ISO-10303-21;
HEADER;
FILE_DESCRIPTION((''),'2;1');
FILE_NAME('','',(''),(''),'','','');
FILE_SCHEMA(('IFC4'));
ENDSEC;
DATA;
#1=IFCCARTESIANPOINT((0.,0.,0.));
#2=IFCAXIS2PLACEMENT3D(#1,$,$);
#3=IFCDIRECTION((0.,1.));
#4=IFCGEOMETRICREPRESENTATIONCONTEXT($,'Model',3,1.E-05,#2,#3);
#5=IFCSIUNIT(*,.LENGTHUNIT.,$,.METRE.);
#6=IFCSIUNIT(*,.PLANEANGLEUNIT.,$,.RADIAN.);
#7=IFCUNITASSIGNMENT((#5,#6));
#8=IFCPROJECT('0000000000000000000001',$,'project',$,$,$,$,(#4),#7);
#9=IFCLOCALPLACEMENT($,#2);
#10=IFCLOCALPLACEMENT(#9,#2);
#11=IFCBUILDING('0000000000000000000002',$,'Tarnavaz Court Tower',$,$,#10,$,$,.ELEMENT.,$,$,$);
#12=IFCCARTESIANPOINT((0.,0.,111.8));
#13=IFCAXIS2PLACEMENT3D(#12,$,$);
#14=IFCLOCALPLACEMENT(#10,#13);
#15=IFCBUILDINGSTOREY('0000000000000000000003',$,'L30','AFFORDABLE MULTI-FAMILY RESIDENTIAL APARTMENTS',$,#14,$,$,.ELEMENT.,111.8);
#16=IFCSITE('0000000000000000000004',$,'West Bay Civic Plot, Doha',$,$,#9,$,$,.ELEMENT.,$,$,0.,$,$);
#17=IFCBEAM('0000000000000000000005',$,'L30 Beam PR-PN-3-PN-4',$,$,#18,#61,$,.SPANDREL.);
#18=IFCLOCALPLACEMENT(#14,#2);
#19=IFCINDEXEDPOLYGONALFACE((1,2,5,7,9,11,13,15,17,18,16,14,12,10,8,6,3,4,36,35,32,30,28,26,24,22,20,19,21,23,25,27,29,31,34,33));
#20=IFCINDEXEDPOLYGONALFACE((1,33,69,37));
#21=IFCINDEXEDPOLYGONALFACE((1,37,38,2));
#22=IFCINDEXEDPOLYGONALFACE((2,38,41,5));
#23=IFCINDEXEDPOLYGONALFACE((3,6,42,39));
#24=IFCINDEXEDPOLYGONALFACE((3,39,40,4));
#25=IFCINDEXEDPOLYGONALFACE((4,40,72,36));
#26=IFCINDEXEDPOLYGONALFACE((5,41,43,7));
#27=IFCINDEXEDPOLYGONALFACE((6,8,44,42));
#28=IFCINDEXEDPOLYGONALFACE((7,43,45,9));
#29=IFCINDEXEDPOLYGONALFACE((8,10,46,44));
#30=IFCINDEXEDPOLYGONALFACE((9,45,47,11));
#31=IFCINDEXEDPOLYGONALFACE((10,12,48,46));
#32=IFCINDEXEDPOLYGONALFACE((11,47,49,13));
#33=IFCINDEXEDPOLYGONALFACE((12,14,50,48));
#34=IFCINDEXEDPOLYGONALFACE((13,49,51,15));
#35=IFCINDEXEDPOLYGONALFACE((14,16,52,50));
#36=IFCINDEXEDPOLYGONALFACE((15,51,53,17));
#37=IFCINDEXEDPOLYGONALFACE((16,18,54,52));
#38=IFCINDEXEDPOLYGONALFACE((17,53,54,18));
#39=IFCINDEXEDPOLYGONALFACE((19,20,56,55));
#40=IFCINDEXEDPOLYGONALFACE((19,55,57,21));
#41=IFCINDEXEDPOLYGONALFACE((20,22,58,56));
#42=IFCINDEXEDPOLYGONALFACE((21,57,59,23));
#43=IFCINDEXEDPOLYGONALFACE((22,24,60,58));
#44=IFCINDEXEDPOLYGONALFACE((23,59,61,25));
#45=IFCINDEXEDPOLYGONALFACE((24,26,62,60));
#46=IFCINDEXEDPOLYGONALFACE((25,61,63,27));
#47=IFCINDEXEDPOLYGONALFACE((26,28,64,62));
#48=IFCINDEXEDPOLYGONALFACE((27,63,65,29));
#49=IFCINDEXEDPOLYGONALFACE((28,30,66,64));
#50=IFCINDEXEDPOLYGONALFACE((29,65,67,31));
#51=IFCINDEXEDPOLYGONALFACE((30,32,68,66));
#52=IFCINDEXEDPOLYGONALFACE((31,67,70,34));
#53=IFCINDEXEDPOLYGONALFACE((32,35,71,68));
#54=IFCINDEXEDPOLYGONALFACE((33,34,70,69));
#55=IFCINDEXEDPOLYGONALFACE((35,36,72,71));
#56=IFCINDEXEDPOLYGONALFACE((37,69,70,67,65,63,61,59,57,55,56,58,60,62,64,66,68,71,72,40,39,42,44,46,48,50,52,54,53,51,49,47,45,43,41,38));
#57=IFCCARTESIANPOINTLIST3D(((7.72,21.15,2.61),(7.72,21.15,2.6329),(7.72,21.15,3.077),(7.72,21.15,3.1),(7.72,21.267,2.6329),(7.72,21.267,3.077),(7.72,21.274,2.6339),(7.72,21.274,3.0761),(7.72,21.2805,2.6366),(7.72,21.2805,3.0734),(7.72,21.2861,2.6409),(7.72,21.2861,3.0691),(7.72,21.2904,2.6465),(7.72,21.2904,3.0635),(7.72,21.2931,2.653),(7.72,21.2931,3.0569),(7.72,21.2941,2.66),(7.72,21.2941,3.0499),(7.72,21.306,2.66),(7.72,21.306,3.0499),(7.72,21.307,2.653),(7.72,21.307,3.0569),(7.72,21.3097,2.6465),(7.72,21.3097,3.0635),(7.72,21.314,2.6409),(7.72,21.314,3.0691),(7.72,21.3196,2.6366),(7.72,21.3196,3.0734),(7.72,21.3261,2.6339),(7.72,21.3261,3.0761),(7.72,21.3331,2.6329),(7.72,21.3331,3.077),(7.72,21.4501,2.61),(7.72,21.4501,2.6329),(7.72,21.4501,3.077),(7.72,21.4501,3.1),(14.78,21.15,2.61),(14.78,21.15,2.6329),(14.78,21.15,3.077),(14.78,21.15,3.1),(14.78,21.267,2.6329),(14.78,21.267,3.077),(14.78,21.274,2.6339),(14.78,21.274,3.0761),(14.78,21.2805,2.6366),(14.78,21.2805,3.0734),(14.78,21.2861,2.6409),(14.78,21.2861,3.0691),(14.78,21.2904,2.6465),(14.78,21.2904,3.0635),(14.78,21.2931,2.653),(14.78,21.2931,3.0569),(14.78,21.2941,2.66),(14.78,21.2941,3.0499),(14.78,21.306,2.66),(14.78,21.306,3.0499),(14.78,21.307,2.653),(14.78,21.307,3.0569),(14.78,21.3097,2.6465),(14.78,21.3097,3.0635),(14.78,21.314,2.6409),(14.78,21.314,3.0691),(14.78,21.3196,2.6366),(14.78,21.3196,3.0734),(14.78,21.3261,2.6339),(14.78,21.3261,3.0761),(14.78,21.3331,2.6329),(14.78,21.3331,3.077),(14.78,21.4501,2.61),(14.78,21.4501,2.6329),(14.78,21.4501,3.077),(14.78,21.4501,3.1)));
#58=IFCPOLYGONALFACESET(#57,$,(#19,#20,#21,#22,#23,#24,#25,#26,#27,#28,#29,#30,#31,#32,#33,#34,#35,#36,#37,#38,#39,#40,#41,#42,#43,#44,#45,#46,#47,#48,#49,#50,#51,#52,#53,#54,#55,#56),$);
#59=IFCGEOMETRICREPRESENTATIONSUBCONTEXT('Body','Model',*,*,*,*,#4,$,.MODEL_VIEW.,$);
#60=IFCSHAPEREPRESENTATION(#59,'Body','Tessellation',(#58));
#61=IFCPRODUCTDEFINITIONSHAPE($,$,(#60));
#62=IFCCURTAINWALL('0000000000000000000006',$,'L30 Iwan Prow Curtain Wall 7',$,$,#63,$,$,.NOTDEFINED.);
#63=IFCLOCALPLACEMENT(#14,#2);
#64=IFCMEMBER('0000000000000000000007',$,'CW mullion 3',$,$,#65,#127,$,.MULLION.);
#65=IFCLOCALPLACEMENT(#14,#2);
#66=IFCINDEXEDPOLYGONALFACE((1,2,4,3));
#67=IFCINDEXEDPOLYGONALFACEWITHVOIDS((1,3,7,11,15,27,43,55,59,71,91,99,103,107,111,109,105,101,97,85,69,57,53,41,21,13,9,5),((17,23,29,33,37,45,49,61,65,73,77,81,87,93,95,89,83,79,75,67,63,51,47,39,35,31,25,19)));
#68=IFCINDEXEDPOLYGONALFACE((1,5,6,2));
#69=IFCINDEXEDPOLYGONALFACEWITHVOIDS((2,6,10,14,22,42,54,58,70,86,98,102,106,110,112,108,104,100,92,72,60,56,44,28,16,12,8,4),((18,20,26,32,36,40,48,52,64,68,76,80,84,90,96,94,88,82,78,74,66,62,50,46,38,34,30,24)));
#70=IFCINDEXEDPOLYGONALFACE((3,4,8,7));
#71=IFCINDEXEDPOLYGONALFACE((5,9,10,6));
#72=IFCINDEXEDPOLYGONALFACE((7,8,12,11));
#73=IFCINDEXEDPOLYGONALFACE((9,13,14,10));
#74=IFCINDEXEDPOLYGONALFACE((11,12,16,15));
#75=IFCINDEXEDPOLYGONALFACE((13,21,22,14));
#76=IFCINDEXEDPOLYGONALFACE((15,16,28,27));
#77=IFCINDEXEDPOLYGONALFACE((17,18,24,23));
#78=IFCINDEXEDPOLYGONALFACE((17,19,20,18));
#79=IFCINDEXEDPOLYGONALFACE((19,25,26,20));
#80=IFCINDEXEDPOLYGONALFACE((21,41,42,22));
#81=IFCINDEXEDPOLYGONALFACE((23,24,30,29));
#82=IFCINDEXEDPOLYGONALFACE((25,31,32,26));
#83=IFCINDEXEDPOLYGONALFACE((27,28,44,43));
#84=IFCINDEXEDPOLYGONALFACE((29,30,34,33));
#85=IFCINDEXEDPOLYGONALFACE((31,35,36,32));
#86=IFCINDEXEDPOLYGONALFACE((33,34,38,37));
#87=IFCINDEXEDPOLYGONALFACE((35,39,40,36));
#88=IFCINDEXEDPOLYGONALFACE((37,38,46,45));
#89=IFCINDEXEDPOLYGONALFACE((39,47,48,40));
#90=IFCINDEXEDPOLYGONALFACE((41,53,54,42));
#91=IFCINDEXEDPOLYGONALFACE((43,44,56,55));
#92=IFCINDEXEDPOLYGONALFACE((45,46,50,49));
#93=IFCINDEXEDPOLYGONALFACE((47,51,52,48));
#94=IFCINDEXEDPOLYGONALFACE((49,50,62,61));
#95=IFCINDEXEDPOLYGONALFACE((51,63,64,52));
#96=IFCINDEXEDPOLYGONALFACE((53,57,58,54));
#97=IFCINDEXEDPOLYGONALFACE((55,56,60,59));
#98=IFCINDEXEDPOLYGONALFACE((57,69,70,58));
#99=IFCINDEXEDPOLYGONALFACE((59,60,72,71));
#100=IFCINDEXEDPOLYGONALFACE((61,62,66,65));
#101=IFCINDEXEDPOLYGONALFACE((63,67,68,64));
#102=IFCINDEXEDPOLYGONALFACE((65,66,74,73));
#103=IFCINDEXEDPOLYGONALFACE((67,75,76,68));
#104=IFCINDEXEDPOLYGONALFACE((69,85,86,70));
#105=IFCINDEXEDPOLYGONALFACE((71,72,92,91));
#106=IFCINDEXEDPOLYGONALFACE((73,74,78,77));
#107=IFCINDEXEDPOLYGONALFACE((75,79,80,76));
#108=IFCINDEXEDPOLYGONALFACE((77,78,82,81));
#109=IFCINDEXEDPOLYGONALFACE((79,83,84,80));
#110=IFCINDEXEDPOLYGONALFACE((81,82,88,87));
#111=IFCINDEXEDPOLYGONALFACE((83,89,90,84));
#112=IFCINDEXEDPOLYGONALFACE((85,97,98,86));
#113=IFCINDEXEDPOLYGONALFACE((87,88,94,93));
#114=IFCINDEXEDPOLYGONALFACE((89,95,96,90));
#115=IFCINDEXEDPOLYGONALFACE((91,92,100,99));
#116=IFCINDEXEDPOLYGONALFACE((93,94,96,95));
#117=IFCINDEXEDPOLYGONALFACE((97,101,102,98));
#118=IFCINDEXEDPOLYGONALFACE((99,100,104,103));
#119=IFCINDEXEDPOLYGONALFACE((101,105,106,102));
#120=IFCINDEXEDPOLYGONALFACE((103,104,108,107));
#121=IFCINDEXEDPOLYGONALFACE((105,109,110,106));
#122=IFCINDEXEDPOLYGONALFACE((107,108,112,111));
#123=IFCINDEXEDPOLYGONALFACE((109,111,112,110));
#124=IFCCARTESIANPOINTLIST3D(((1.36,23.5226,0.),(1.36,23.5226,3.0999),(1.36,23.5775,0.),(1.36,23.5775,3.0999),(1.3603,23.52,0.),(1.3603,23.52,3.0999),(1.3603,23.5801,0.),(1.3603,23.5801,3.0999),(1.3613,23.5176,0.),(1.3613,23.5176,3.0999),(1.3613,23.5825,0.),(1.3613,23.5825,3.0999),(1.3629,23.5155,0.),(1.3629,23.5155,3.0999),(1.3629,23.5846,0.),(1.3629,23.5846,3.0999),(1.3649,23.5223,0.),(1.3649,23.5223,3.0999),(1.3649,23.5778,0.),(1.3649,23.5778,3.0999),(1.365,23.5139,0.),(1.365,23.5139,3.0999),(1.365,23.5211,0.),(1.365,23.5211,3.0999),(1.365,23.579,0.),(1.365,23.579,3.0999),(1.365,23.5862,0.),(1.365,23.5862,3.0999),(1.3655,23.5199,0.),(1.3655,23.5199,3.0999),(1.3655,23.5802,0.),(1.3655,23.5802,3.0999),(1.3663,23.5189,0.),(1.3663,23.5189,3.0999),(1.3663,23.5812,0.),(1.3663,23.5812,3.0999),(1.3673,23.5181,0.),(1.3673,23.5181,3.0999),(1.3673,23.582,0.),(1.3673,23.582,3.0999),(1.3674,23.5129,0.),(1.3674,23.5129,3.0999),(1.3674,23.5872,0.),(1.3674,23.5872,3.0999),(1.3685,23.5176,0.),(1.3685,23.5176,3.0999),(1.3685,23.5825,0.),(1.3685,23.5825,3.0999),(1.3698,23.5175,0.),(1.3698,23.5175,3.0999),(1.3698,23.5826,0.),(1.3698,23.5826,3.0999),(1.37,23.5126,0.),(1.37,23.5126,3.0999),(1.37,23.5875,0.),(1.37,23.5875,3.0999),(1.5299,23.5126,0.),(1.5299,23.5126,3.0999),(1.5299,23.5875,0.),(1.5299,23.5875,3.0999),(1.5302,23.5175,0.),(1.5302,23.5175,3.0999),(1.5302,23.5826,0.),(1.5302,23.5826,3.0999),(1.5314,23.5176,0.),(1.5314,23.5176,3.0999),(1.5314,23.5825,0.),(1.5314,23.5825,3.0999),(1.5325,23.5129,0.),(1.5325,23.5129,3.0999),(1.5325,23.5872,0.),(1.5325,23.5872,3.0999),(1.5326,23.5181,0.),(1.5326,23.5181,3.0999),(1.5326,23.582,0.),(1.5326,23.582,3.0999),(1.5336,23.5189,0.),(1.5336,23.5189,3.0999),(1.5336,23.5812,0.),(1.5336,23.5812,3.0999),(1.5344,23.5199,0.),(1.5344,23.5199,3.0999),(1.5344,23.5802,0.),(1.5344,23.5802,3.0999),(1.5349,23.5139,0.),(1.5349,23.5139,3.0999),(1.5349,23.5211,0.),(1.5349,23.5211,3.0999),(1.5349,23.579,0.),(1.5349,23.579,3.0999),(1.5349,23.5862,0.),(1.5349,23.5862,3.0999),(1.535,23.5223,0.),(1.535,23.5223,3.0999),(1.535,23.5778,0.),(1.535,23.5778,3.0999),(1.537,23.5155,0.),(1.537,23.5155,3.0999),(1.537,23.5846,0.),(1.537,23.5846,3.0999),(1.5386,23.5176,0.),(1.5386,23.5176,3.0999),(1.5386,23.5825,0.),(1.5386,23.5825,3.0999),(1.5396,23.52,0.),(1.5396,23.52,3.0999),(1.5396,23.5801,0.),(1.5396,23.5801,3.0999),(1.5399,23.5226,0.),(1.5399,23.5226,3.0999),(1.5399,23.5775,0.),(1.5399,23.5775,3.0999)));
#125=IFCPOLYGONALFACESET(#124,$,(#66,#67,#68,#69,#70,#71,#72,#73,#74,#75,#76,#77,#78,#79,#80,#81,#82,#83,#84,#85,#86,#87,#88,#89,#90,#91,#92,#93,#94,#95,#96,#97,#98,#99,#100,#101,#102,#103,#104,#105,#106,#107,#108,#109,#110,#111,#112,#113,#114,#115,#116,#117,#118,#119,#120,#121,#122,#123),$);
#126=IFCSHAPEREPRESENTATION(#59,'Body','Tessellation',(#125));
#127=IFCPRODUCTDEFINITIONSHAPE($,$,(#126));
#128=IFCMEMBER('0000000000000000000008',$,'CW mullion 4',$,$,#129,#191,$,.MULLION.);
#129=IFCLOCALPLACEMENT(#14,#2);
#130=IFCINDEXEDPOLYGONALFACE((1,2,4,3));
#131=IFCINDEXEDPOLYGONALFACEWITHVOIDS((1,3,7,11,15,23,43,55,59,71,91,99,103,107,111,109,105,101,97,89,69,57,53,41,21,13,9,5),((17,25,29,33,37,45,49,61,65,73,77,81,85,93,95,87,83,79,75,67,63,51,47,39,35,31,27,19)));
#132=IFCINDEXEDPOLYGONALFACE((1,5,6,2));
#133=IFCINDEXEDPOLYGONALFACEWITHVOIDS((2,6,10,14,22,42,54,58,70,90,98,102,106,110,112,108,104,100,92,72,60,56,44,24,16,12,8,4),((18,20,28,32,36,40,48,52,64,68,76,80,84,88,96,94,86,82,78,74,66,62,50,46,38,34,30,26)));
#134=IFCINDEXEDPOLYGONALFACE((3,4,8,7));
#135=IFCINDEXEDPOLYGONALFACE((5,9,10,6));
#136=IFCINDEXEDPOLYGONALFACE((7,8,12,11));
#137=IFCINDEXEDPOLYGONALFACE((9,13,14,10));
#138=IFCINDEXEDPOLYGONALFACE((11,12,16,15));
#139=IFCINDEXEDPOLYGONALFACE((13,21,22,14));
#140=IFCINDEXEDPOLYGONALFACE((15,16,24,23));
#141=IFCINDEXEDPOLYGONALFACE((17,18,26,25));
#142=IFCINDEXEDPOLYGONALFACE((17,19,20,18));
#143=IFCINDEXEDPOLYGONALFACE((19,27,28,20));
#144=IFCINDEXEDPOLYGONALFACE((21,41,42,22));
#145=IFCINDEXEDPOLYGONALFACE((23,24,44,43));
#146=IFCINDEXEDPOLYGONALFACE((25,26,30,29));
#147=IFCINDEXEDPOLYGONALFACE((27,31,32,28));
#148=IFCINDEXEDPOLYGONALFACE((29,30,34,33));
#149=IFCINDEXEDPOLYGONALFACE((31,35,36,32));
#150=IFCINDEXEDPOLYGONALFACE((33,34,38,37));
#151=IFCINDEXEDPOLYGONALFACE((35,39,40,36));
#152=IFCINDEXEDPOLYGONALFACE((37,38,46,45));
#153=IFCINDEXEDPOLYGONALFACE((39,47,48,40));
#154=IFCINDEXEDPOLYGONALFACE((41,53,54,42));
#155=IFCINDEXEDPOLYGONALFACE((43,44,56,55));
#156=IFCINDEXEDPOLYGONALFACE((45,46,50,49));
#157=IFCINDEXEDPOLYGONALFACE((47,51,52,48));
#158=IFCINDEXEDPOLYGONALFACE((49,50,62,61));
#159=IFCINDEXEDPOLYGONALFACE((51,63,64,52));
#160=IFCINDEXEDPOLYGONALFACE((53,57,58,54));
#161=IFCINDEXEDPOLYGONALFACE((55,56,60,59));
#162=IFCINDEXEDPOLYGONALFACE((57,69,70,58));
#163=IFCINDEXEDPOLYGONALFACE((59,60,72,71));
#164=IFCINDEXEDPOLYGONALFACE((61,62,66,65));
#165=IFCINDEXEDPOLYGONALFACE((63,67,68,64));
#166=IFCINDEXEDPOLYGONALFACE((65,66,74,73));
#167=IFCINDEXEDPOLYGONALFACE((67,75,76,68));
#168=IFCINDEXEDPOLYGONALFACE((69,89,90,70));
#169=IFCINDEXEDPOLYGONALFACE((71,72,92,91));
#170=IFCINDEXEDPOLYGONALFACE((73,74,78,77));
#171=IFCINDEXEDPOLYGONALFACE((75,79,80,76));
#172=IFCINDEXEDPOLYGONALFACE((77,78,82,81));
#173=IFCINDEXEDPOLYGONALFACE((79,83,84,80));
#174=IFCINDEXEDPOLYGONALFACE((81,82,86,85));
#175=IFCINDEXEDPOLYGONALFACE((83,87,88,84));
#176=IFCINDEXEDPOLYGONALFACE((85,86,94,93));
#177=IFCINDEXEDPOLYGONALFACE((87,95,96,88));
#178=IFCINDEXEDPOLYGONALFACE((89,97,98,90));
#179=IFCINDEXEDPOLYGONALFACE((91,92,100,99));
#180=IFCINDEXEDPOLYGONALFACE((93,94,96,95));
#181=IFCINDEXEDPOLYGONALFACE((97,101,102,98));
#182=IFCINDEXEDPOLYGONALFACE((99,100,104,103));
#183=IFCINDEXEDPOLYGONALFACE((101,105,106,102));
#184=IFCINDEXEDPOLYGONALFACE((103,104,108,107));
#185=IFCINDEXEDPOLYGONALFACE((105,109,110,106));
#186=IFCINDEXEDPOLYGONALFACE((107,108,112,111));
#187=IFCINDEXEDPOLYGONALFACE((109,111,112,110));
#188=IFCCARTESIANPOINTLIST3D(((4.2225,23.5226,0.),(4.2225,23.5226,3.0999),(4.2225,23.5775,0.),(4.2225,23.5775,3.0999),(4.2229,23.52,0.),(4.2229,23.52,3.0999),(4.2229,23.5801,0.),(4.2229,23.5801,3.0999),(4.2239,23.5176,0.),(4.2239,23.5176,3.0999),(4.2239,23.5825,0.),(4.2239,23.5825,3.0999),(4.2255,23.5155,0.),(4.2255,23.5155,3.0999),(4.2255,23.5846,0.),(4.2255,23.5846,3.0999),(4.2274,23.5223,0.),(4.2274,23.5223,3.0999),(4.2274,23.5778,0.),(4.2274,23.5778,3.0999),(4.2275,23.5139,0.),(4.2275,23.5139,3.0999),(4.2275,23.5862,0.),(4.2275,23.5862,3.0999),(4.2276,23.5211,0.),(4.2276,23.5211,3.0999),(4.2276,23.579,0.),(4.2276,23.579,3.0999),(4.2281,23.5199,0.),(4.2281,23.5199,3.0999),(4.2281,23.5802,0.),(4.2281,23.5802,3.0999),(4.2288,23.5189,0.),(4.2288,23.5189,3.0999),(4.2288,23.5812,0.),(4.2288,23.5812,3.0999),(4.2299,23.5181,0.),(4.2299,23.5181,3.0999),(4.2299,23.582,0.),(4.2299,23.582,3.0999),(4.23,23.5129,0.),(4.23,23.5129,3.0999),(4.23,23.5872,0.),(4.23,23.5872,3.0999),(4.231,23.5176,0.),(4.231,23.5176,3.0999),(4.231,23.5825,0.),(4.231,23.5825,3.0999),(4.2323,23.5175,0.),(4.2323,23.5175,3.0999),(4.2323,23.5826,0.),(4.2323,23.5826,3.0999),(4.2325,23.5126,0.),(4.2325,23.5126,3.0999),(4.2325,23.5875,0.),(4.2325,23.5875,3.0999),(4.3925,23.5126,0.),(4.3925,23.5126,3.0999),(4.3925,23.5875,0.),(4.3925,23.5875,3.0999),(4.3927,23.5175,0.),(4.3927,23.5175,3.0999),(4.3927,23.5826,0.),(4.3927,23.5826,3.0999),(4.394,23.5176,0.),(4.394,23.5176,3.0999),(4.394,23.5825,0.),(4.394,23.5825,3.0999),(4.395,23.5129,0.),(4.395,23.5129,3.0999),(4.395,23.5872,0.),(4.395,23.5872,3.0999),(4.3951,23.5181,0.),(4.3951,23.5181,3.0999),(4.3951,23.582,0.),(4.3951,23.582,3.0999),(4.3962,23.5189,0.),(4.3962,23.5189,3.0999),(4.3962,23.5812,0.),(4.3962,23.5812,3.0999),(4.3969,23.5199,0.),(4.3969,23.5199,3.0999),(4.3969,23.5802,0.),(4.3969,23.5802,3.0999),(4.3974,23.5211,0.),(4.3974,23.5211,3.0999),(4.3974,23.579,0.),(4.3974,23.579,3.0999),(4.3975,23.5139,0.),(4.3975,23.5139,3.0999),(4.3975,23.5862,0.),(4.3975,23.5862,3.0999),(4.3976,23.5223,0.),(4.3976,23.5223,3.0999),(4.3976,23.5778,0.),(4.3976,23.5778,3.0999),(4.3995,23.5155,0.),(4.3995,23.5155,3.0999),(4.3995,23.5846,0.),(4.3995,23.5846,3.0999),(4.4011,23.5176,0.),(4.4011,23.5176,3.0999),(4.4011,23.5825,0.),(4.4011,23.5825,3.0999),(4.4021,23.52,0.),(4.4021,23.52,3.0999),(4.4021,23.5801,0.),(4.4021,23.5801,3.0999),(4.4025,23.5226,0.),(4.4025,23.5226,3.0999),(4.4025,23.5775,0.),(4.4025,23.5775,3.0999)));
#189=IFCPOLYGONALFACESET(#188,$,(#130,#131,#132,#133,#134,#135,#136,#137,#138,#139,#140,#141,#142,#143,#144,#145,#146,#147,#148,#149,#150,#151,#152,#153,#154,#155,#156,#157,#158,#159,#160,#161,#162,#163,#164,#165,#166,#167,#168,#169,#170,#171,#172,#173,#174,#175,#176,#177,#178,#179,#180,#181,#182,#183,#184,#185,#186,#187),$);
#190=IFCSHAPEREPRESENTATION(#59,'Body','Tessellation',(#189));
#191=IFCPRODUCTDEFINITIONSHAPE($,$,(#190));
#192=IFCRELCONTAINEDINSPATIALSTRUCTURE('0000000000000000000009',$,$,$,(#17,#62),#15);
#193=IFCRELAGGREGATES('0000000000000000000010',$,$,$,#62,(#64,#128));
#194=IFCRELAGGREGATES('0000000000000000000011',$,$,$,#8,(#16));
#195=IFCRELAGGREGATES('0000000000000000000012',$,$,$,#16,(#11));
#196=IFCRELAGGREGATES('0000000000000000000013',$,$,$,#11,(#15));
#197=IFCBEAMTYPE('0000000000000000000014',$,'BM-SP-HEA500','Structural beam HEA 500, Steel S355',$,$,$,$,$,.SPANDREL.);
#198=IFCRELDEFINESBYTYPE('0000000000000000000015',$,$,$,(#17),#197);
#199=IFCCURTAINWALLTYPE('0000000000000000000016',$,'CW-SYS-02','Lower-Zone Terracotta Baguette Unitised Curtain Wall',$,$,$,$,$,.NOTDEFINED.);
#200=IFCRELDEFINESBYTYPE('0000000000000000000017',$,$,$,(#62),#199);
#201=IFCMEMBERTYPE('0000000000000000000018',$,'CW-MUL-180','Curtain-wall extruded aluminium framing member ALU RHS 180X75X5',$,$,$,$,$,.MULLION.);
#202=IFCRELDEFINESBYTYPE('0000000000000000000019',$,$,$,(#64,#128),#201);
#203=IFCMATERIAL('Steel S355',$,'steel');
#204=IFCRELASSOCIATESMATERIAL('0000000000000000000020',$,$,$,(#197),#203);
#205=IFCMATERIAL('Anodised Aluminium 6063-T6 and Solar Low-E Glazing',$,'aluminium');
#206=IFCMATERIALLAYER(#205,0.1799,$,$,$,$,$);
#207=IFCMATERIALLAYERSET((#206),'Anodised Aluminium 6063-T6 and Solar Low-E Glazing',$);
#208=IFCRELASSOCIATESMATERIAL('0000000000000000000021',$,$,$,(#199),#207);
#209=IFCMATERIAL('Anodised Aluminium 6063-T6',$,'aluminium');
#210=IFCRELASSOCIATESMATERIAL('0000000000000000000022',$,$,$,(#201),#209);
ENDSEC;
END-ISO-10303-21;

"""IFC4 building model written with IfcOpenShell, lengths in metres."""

from ifc_helpers import new_model, si_unit, direction, frame, origin, origin_2d, place, context, subcontext, project, spatial, hollow_rectangle, i_section, extrude, material, layer, layer_set, material_profile, profile_set, type_object, element, aggregate, save


model = new_model("IFC4")

# Units and contexts
model_context = context("Model", 3, precision=1e-05, world=origin(), true_north=direction((0.0, 1.0)))
body_context = subcontext(model_context, "Body", "Model", "MODEL_VIEW")
ifc_project = project(units=[si_unit("LENGTHUNIT", "METRE"), si_unit("PLANEANGLEUNIT", "RADIAN")], contexts=[model_context])

# Site, building, storey
site_placement = place(None, origin())
site = spatial("IfcSite", under=ifc_project, at=site_placement, Name="West Bay Civic Plot, Doha", CompositionType="ELEMENT", RefElevation=0.0)
building_placement = place(site_placement, origin())
building = spatial("IfcBuilding", under=site, at=building_placement, Name="Tarnavaz Court Tower", CompositionType="ELEMENT")
storey_placement = place(building_placement, frame((0.0, 0.0, 111.8)))
storey = spatial("IfcBuildingStorey", under=building, at=storey_placement, Name="L30", Description="AFFORDABLE MULTI-FAMILY RESIDENTIAL APARTMENTS", CompositionType="ELEMENT", Elevation=111.8)

# Beam
ifc_material_1 = material(Name="Steel S355", Category="steel")
ifc_material_profile_1 = material_profile(ifc_material_1, i_section(OverallWidth=0.3, OverallDepth=0.49, WebThickness=0.012, FlangeThickness=0.0229, FilletRadius=0.0271, at=origin_2d()), Name="HEA 500")
ifc_profile_set_1 = profile_set([ifc_material_profile_1], Name="Steel S355")
beam_type_1 = type_object("IfcBeamType", Name="BM-SP-HEA500", Description="Structural beam HEA 500, Steel S355", PredefinedType="SPANDREL", material=ifc_profile_set_1)
beam_placement = place(storey_placement, frame((7.72, 21.3, 2.855), z_axis=(1.0, 0.0, 0.0), x_axis=(0.0, 1.0, 0.0)))
element("IfcBeam", 1, at=beam_placement, inside=storey, type_object=beam_type_1, Name="L30 Beam PR-PN-3-PN-4", PredefinedType="SPANDREL", context=body_context, shape_type="SweptSolid", body=[
    extrude(i_section(OverallWidth=0.3, OverallDepth=0.49, WebThickness=0.012, FlangeThickness=0.0229, FilletRadius=0.0271, at=origin_2d()), origin(), (0.0, 0.0, 1.0), 7.0601),
])

# Curtain wall, members
ifc_material_2 = material(Name="Anodised Aluminium 6063-T6 and Solar Low-E Glazing", Category="aluminium")
ifc_layer_1 = layer(ifc_material_2, 0.1799)
ifc_layer_set_1 = layer_set([ifc_layer_1], Name="Anodised Aluminium 6063-T6 and Solar Low-E Glazing")
curtain_wall_type = type_object("IfcCurtainWallType", Name="CW-SYS-02", Description="Lower-Zone Terracotta Baguette Unitised Curtain Wall", PredefinedType="NOTDEFINED", material=ifc_layer_set_1)
curtain_wall_placement = place(storey_placement, origin())
curtain_wall = element("IfcCurtainWall", 2, at=curtain_wall_placement, inside=storey, type_object=curtain_wall_type, Name="L30 Iwan Prow Curtain Wall 7", PredefinedType="NOTDEFINED")
ifc_material_3 = material(Name="Anodised Aluminium 6063-T6", Category="aluminium")
ifc_material_profile_2 = material_profile(ifc_material_3, hollow_rectangle(XDim=0.075, YDim=0.1799, WallThickness=0.0049, InnerFilletRadius=0.0049, OuterFilletRadius=0.01, at=origin_2d()), Name="ALU RHS 180X75X5")
ifc_profile_set_2 = profile_set([ifc_material_profile_2], Name="Anodised Aluminium 6063-T6")
member_type_1 = type_object("IfcMemberType", Name="CW-MUL-180", Description="Curtain-wall extruded aluminium framing member ALU RHS 180X75X5", PredefinedType="MULLION", material=ifc_profile_set_2)
member_1_placement = place(storey_placement, frame((1.45, 23.55, 0.0), z_axis=(0.0, 0.0, 1.0), x_axis=(0.0, 1.0, 0.0)))
member_1 = element("IfcMember", 3, at=member_1_placement, type_object=member_type_1, Name="CW mullion 3", PredefinedType="MULLION", context=body_context, shape_type="SweptSolid", body=[
    extrude(hollow_rectangle(XDim=0.075, YDim=0.1799, WallThickness=0.0049, InnerFilletRadius=0.0049, OuterFilletRadius=0.01, at=origin_2d()), origin(), (0.0, 0.0, 1.0), 3.0999),
])
member_2_placement = place(storey_placement, frame((4.3125, 23.55, 0.0), z_axis=(0.0, 0.0, 1.0), x_axis=(0.0, 1.0, 0.0)))
member_2 = element("IfcMember", 4, at=member_2_placement, type_object=member_type_1, Name="CW mullion 4", PredefinedType="MULLION", context=body_context, shape_type="SweptSolid", body=[
    extrude(hollow_rectangle(XDim=0.075, YDim=0.1799, WallThickness=0.0049, InnerFilletRadius=0.0049, OuterFilletRadius=0.01, at=origin_2d()), origin(), (0.0, 0.0, 1.0), 3.0999),
])
aggregate(curtain_wall, [member_1, member_2])

save(model, "model.ifc")
